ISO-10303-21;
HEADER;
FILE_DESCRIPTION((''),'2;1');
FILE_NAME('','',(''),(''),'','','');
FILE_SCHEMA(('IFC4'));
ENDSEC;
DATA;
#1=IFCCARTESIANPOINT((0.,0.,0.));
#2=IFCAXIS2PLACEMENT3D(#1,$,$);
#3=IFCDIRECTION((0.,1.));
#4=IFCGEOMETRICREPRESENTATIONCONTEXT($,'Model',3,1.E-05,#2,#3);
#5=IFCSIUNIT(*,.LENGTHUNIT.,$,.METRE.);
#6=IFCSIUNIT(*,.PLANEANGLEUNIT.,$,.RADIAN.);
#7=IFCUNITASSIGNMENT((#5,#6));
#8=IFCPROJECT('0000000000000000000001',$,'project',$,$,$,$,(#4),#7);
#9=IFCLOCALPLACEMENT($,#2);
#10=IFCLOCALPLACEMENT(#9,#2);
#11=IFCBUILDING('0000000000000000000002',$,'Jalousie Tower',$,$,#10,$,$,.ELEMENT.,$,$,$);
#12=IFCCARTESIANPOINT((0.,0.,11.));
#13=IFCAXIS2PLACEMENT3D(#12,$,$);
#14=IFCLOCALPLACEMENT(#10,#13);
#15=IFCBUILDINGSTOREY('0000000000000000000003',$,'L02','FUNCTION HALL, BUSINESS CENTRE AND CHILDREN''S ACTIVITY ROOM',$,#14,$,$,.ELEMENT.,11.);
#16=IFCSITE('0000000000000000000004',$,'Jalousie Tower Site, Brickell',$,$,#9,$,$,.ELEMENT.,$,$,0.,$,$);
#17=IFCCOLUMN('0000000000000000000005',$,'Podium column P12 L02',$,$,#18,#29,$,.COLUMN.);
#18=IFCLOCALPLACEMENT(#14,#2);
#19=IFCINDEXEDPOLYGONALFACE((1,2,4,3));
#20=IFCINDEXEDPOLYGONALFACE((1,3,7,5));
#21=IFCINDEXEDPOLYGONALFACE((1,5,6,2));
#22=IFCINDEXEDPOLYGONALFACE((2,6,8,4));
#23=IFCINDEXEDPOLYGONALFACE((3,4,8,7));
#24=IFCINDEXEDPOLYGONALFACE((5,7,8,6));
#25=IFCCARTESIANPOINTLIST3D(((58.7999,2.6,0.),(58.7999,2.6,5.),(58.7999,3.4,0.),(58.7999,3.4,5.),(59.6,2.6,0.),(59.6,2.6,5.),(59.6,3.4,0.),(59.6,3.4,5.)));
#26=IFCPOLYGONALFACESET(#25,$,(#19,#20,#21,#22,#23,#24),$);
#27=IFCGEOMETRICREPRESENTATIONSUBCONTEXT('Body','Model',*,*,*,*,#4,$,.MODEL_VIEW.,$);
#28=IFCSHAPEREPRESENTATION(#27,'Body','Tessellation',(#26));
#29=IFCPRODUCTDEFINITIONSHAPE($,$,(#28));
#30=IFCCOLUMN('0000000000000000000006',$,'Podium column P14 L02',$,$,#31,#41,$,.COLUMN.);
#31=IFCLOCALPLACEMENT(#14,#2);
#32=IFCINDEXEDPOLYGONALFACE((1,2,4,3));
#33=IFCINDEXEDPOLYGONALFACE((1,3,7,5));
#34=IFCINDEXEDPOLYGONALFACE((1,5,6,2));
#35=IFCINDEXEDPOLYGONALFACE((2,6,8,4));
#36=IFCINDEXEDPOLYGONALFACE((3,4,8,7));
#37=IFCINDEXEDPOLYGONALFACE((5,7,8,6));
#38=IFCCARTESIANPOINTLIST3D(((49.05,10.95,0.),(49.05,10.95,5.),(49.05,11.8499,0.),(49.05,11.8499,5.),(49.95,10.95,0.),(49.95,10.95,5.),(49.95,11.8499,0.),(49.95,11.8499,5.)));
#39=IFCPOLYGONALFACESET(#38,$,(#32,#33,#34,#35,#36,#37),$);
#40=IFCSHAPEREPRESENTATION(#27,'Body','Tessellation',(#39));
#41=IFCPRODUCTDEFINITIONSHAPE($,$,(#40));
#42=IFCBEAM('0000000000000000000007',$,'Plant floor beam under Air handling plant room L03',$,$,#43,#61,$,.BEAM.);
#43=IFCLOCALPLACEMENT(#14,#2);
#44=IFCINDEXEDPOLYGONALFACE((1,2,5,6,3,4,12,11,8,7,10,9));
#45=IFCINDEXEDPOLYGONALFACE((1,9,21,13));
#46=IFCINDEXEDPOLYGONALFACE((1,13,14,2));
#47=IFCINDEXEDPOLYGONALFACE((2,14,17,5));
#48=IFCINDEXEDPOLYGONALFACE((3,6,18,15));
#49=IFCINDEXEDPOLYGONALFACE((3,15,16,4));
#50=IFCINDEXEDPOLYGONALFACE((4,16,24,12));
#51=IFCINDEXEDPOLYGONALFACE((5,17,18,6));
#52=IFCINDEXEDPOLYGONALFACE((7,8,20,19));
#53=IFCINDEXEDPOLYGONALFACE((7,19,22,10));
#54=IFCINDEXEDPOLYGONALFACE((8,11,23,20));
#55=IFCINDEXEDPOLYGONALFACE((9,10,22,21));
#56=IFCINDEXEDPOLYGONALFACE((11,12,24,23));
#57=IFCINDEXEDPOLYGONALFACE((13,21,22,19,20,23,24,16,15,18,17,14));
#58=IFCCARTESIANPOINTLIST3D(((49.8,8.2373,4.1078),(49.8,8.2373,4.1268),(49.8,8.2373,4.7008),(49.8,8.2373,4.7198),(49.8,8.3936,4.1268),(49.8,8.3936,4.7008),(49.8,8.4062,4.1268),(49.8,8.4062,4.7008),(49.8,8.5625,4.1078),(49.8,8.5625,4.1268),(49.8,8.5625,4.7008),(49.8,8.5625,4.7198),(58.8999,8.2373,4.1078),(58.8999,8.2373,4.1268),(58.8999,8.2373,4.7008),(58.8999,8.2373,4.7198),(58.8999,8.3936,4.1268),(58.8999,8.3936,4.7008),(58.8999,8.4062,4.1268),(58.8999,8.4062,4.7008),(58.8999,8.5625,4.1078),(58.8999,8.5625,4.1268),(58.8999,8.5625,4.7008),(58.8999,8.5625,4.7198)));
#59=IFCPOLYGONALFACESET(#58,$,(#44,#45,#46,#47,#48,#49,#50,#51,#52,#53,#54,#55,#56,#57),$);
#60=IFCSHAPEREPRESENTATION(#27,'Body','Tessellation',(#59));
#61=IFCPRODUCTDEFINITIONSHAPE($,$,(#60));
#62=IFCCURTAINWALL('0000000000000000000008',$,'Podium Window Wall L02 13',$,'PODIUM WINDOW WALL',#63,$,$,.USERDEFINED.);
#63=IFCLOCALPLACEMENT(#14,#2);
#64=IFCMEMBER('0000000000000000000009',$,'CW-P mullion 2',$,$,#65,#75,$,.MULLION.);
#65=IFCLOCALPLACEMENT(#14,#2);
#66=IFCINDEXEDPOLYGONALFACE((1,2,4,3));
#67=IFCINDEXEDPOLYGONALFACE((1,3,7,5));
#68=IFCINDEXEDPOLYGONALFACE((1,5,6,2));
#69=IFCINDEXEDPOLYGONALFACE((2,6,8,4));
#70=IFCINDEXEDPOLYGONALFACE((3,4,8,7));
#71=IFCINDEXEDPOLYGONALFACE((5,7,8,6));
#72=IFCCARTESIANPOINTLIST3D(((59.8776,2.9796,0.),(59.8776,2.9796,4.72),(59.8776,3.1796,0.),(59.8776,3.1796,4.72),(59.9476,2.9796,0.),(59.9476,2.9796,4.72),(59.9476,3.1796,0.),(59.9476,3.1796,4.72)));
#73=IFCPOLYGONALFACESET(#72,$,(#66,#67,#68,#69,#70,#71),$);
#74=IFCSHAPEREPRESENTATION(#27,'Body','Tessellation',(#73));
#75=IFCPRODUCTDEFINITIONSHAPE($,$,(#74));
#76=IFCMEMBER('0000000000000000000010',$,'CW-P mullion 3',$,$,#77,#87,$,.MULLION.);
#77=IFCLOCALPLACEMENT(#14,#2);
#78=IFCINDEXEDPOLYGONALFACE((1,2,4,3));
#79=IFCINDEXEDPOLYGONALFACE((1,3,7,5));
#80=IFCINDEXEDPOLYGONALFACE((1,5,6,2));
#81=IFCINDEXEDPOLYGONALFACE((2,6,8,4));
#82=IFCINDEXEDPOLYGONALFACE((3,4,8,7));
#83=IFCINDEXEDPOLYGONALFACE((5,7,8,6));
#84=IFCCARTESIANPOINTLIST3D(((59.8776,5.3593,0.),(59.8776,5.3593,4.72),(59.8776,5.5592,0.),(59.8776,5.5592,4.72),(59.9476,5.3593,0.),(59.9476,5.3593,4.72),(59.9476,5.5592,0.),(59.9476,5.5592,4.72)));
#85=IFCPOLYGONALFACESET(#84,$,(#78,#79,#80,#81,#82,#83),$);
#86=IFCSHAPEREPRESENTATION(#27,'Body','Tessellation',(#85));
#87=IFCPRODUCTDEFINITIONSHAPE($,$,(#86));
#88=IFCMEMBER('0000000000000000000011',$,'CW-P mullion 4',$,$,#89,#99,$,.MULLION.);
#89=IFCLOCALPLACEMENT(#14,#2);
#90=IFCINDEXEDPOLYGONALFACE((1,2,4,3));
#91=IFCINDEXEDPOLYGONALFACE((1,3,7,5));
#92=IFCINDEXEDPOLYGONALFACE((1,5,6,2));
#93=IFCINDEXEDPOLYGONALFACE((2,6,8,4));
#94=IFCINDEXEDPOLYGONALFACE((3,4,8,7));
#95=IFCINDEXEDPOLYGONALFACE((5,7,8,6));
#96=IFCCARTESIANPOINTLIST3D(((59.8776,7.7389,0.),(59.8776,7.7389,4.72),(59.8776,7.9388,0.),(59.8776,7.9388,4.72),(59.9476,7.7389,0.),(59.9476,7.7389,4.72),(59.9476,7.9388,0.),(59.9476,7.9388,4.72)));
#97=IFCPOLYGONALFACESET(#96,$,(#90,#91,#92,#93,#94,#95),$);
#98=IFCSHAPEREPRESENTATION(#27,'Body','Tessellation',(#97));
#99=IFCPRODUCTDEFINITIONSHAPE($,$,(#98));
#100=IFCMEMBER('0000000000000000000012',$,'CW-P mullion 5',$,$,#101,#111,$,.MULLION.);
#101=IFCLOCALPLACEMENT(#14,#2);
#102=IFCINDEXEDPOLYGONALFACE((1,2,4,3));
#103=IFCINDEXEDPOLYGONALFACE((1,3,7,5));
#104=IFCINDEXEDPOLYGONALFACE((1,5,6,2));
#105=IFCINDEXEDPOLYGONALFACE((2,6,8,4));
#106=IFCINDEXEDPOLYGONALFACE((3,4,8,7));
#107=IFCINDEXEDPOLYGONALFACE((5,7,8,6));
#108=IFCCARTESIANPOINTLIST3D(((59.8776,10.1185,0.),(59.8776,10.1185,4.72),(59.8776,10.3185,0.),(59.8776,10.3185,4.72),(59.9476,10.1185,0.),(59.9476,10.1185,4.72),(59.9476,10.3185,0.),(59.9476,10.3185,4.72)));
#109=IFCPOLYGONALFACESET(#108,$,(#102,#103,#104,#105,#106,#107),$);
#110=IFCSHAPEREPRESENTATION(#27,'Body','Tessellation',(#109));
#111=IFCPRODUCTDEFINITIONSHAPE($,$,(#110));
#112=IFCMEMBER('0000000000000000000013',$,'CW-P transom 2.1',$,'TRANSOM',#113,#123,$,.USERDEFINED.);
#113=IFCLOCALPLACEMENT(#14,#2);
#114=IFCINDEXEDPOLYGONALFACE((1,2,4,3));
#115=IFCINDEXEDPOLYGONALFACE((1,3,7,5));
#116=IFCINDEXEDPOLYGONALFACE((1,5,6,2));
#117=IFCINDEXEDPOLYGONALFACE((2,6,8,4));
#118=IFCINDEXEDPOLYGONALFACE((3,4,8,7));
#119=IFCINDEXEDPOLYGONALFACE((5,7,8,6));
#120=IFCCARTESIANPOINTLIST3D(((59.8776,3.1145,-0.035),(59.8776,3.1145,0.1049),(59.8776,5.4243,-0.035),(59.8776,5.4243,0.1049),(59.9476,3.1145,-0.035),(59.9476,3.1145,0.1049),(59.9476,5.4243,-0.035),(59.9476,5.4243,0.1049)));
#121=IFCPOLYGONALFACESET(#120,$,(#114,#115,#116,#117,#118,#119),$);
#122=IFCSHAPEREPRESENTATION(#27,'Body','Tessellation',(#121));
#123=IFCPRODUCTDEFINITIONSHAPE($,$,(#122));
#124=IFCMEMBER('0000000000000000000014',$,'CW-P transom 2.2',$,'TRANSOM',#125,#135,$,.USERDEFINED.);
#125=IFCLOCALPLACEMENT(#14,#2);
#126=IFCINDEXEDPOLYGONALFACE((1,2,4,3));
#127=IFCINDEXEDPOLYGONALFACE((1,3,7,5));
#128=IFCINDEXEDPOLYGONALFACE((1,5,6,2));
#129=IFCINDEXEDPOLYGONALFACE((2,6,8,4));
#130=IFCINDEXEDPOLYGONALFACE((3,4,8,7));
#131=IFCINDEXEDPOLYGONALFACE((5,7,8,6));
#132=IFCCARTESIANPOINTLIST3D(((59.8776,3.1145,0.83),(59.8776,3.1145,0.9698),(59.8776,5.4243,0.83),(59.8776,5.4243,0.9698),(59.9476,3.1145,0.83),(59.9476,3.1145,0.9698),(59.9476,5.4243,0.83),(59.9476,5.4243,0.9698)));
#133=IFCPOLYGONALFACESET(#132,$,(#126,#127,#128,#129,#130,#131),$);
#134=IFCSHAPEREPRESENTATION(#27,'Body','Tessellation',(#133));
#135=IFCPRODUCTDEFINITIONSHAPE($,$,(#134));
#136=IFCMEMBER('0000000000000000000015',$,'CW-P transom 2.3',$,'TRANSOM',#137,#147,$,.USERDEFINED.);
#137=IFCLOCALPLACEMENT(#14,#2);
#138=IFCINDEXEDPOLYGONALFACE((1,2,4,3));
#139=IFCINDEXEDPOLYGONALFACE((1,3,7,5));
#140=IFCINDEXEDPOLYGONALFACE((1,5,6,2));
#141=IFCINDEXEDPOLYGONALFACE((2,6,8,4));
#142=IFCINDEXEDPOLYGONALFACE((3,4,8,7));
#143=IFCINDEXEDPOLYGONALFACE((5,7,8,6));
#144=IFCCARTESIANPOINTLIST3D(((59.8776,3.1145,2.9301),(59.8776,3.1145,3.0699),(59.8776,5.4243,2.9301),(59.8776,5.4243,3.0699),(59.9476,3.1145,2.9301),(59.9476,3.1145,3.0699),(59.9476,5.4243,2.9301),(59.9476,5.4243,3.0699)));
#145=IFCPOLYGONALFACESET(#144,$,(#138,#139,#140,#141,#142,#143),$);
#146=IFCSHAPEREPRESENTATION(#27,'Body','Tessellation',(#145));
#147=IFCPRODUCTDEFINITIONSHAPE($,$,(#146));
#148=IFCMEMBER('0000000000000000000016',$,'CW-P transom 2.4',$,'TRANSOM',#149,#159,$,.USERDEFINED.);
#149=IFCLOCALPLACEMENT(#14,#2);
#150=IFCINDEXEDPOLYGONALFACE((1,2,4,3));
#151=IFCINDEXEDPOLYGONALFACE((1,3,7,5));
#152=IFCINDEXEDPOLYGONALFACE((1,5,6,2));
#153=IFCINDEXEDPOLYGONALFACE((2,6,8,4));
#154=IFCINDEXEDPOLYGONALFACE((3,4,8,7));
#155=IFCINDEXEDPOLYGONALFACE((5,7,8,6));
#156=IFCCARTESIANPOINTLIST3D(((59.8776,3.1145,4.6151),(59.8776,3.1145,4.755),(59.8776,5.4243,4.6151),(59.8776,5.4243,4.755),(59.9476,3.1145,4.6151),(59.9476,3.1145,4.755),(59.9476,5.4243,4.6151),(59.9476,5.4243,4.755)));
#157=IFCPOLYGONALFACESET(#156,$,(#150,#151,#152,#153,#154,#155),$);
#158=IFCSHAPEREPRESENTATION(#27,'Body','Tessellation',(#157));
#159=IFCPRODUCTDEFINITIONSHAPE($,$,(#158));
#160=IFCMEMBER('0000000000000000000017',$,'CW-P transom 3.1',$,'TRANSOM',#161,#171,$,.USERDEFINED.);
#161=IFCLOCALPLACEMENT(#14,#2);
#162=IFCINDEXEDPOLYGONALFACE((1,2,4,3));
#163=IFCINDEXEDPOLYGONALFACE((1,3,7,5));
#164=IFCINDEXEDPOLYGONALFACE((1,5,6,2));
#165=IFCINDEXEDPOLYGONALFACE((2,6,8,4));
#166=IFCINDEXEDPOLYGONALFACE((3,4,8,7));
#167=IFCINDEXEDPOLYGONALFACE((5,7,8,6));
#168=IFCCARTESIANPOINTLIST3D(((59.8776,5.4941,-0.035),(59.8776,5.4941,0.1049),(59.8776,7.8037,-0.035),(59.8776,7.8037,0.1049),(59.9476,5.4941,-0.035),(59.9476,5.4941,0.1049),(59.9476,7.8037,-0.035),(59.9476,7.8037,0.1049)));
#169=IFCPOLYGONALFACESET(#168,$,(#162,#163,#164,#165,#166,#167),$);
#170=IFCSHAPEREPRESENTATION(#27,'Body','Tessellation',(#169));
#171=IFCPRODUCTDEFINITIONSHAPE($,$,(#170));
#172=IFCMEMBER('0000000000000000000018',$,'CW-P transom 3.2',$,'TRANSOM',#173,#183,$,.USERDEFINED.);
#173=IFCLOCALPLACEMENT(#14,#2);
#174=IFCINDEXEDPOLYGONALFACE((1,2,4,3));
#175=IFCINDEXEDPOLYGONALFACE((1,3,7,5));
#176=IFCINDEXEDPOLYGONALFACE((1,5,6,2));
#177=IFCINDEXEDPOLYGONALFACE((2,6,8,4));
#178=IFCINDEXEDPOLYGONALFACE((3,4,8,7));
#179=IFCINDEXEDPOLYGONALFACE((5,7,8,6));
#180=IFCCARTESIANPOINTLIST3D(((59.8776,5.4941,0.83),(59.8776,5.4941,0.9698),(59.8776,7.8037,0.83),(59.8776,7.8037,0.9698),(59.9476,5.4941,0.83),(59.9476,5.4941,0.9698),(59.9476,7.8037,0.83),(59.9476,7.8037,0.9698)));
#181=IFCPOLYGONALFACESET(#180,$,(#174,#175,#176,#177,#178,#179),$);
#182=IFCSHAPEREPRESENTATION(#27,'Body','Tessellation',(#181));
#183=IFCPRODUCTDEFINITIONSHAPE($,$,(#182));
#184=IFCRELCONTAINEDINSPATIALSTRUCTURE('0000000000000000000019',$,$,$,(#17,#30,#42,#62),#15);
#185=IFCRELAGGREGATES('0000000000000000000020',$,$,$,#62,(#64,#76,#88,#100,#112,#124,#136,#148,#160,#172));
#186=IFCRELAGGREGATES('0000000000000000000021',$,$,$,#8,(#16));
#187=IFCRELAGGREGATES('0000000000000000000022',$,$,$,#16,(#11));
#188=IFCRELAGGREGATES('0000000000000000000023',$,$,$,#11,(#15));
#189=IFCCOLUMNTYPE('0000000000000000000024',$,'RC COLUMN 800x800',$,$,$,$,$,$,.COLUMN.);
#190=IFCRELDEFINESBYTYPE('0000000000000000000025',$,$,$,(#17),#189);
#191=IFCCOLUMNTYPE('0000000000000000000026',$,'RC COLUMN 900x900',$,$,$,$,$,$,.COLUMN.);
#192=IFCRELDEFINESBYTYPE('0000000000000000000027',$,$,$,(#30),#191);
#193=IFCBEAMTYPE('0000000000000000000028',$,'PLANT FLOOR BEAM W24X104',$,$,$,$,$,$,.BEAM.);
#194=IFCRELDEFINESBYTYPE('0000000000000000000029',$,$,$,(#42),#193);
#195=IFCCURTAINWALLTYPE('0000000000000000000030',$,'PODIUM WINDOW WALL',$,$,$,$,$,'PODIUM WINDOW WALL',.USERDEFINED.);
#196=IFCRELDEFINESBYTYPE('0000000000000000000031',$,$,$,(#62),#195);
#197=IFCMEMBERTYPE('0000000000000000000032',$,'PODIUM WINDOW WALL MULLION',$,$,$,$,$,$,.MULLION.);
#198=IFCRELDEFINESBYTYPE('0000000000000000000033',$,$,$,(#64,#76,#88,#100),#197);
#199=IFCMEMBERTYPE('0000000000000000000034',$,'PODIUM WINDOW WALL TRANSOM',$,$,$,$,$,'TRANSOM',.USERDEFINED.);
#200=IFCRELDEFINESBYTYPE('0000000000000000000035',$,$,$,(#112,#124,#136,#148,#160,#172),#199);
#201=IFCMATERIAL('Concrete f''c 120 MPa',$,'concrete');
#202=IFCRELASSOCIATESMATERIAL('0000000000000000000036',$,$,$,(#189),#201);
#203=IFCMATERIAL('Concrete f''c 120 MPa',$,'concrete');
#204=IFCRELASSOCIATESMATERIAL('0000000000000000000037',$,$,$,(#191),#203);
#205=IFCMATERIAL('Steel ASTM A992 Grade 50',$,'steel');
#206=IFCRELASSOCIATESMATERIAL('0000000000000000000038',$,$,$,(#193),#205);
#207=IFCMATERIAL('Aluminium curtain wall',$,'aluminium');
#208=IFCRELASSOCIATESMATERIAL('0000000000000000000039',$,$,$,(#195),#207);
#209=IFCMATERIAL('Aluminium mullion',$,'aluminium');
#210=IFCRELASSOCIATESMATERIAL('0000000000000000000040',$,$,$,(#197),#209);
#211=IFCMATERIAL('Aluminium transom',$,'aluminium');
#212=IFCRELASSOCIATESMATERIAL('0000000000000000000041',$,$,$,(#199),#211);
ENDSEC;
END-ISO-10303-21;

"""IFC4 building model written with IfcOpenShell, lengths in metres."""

from ifc_helpers import new_model, si_unit, direction, frame, origin, origin_2d, place, context, subcontext, project, spatial, rectangle, i_section, extrude, material, material_profile, profile_set, type_object, element, aggregate, save


model = new_model("IFC4")

# Units and contexts
model_context = context("Model", 3, precision=1e-05, world=origin(), true_north=direction((0.0, 1.0)))
body_context = subcontext(model_context, "Body", "Model", "MODEL_VIEW")
ifc_project = project(units=[si_unit("LENGTHUNIT", "METRE"), si_unit("PLANEANGLEUNIT", "RADIAN")], contexts=[model_context])

# Site, building, storey
site_placement = place(None, origin())
site = spatial("IfcSite", under=ifc_project, at=site_placement, Name="Jalousie Tower Site, Brickell", CompositionType="ELEMENT", RefElevation=0.0)
building_placement = place(site_placement, origin())
building = spatial("IfcBuilding", under=site, at=building_placement, Name="Jalousie Tower", CompositionType="ELEMENT")
storey_placement = place(building_placement, frame((0.0, 0.0, 11.0)))
storey = spatial("IfcBuildingStorey", under=building, at=storey_placement, Name="L02", Description="FUNCTION HALL, BUSINESS CENTRE AND CHILDREN'S ACTIVITY ROOM", CompositionType="ELEMENT", Elevation=11.0)

# Columns
ifc_material_1 = material(Name="Concrete f'c 120 MPa", Category="concrete")
ifc_material_profile_1 = material_profile(ifc_material_1, rectangle(XDim=0.8, YDim=0.8, at=origin_2d()), Name="RC 800x800")
ifc_profile_set_1 = profile_set([ifc_material_profile_1], Name="Concrete f'c 120 MPa")
column_type_1 = type_object("IfcColumnType", Name="RC COLUMN 800x800", PredefinedType="COLUMN", material=ifc_profile_set_1)
column_1_placement = place(storey_placement, frame((59.2, 3.0, 0.0), z_axis=(0.0, 0.0, 1.0), x_axis=(1.0, 0.0, 0.0)))
element("IfcColumn", 1, at=column_1_placement, inside=storey, type_object=column_type_1, Name="Podium column P12 L02", PredefinedType="COLUMN", context=body_context, shape_type="SweptSolid", body=[
    extrude(rectangle(XDim=0.8, YDim=0.8, at=origin_2d()), origin(), (0.0, 0.0, 1.0), 5.0),
])
ifc_material_2 = material(Name="Concrete f'c 120 MPa", Category="concrete")
ifc_material_profile_2 = material_profile(ifc_material_2, rectangle(XDim=0.8999, YDim=0.8999, at=origin_2d()), Name="RC 900x900")
ifc_profile_set_2 = profile_set([ifc_material_profile_2], Name="Concrete f'c 120 MPa")
column_type_2 = type_object("IfcColumnType", Name="RC COLUMN 900x900", PredefinedType="COLUMN", material=ifc_profile_set_2)
column_2_placement = place(storey_placement, frame((49.5, 11.3999, 0.0), z_axis=(0.0, 0.0, 1.0), x_axis=(1.0, 0.0, 0.0)))
element("IfcColumn", 2, at=column_2_placement, inside=storey, type_object=column_type_2, Name="Podium column P14 L02", PredefinedType="COLUMN", context=body_context, shape_type="SweptSolid", body=[
    extrude(rectangle(XDim=0.8999, YDim=0.8999, at=origin_2d()), origin(), (0.0, 0.0, 1.0), 5.0),
])

# Beam
ifc_material_3 = material(Name="Steel ASTM A992 Grade 50", Category="steel")
ifc_material_profile_3 = material_profile(ifc_material_3, i_section(OverallWidth=0.3252, OverallDepth=0.6121, WebThickness=0.0127, FlangeThickness=0.019, at=origin_2d()), Name="W24X104")
ifc_profile_set_3 = profile_set([ifc_material_profile_3], Name="Steel ASTM A992 Grade 50")
beam_type_1 = type_object("IfcBeamType", Name="PLANT FLOOR BEAM W24X104", PredefinedType="BEAM", material=ifc_profile_set_3)
beam_1_placement = place(storey_placement, frame((49.8, 8.3999, 4.4138), z_axis=(1.0, 0.0, 0.0), x_axis=(0.0, 1.0, 0.0)))
element("IfcBeam", 3, at=beam_1_placement, inside=storey, type_object=beam_type_1, Name="Plant floor beam under Air handling plant room L03", PredefinedType="BEAM", context=body_context, shape_type="SweptSolid", body=[
    extrude(i_section(OverallWidth=0.3252, OverallDepth=0.6121, WebThickness=0.0127, FlangeThickness=0.019, at=origin_2d()), origin(), (0.0, 0.0, 1.0), 9.0999),
])

# Curtain wall, members
ifc_material_4 = material(Name="Aluminium curtain wall", Category="aluminium")
curtain_wall_type = type_object("IfcCurtainWallType", Name="PODIUM WINDOW WALL", ElementType="PODIUM WINDOW WALL", PredefinedType="USERDEFINED", material=ifc_material_4)
curtain_wall_placement = place(storey_placement, origin())
curtain_wall = element("IfcCurtainWall", 4, at=curtain_wall_placement, inside=storey, type_object=curtain_wall_type, Name="Podium Window Wall L02 13", ObjectType="PODIUM WINDOW WALL", PredefinedType="USERDEFINED")
ifc_material_5 = material(Name="Aluminium mullion", Category="aluminium")
ifc_material_profile_4 = material_profile(ifc_material_5, rectangle(XDim=0.0701, YDim=0.2, at=origin_2d()), Name="MULLION 70x200")
ifc_profile_set_4 = profile_set([ifc_material_profile_4], Name="Aluminium mullion")
member_type_1 = type_object("IfcMemberType", Name="PODIUM WINDOW WALL MULLION", PredefinedType="MULLION", material=ifc_profile_set_4)
member_1_placement = place(storey_placement, frame((59.9126, 3.0796, 0.0), z_axis=(0.0, 0.0, 1.0), x_axis=(-1.0, 0.0, 0.0)))
member_1 = element("IfcMember", 5, at=member_1_placement, type_object=member_type_1, Name="CW-P mullion 2", PredefinedType="MULLION", context=body_context, shape_type="SweptSolid", body=[
    extrude(rectangle(XDim=0.0701, YDim=0.2, at=origin_2d()), origin(), (0.0, 0.0, 1.0), 4.72),
])
member_2_placement = place(storey_placement, frame((59.9126, 5.4592, 0.0), z_axis=(0.0, 0.0, 1.0), x_axis=(-1.0, 0.0, 0.0)))
member_2 = element("IfcMember", 6, at=member_2_placement, type_object=member_type_1, Name="CW-P mullion 3", PredefinedType="MULLION", context=body_context, shape_type="SweptSolid", body=[
    extrude(rectangle(XDim=0.0701, YDim=0.2, at=origin_2d()), origin(), (0.0, 0.0, 1.0), 4.72),
])
member_3_placement = place(storey_placement, frame((59.9126, 7.8389, 0.0), z_axis=(0.0, 0.0, 1.0), x_axis=(-1.0, 0.0, 0.0)))
member_3 = element("IfcMember", 7, at=member_3_placement, type_object=member_type_1, Name="CW-P mullion 4", PredefinedType="MULLION", context=body_context, shape_type="SweptSolid", body=[
    extrude(rectangle(XDim=0.0701, YDim=0.2, at=origin_2d()), origin(), (0.0, 0.0, 1.0), 4.72),
])
member_4_placement = place(storey_placement, frame((59.9126, 10.2185, 0.0), z_axis=(0.0, 0.0, 1.0), x_axis=(-1.0, 0.0, 0.0)))
member_4 = element("IfcMember", 8, at=member_4_placement, type_object=member_type_1, Name="CW-P mullion 5", PredefinedType="MULLION", context=body_context, shape_type="SweptSolid", body=[
    extrude(rectangle(XDim=0.0701, YDim=0.2, at=origin_2d()), origin(), (0.0, 0.0, 1.0), 4.72),
])
ifc_material_6 = material(Name="Aluminium transom", Category="aluminium")
ifc_material_profile_5 = material_profile(ifc_material_6, rectangle(XDim=0.0701, YDim=0.1399, at=origin_2d()), Name="TRANSOM 70x140")
ifc_profile_set_5 = profile_set([ifc_material_profile_5], Name="Aluminium transom")
member_type_2 = type_object("IfcMemberType", Name="PODIUM WINDOW WALL TRANSOM", ElementType="TRANSOM", PredefinedType="USERDEFINED", material=ifc_profile_set_5)
member_5_placement = place(storey_placement, frame((59.9126, 3.1145, 0.0349), z_axis=(0.0, 1.0, 0.0), x_axis=(-1.0, 0.0, 0.0)))
member_5 = element("IfcMember", 9, at=member_5_placement, type_object=member_type_2, Name="CW-P transom 2.1", ObjectType="TRANSOM", PredefinedType="USERDEFINED", context=body_context, shape_type="SweptSolid", body=[
    extrude(rectangle(XDim=0.0701, YDim=0.1399, at=origin_2d()), origin(), (0.0, 0.0, 1.0), 2.3098),
])
member_6_placement = place(storey_placement, frame((59.9126, 3.1145, 0.8999), z_axis=(0.0, 1.0, 0.0), x_axis=(-1.0, 0.0, 0.0)))
member_6 = element("IfcMember", 10, at=member_6_placement, type_object=member_type_2, Name="CW-P transom 2.2", ObjectType="TRANSOM", PredefinedType="USERDEFINED", context=body_context, shape_type="SweptSolid", body=[
    extrude(rectangle(XDim=0.0701, YDim=0.1399, at=origin_2d()), origin(), (0.0, 0.0, 1.0), 2.3098),
])
member_7_placement = place(storey_placement, frame((59.9126, 3.1145, 3.0), z_axis=(0.0, 1.0, 0.0), x_axis=(-1.0, 0.0, 0.0)))
member_7 = element("IfcMember", 11, at=member_7_placement, type_object=member_type_2, Name="CW-P transom 2.3", ObjectType="TRANSOM", PredefinedType="USERDEFINED", context=body_context, shape_type="SweptSolid", body=[
    extrude(rectangle(XDim=0.0701, YDim=0.1399, at=origin_2d()), origin(), (0.0, 0.0, 1.0), 2.3098),
])
member_8_placement = place(storey_placement, frame((59.9126, 3.1145, 4.6851), z_axis=(0.0, 1.0, 0.0), x_axis=(-1.0, 0.0, 0.0)))
member_8 = element("IfcMember", 12, at=member_8_placement, type_object=member_type_2, Name="CW-P transom 2.4", ObjectType="TRANSOM", PredefinedType="USERDEFINED", context=body_context, shape_type="SweptSolid", body=[
    extrude(rectangle(XDim=0.0701, YDim=0.1399, at=origin_2d()), origin(), (0.0, 0.0, 1.0), 2.3098),
])
member_9_placement = place(storey_placement, frame((59.9126, 5.4941, 0.0349), z_axis=(0.0, 1.0, 0.0), x_axis=(-1.0, 0.0, 0.0)))
member_9 = element("IfcMember", 13, at=member_9_placement, type_object=member_type_2, Name="CW-P transom 3.1", ObjectType="TRANSOM", PredefinedType="USERDEFINED", context=body_context, shape_type="SweptSolid", body=[
    extrude(rectangle(XDim=0.0701, YDim=0.1399, at=origin_2d()), origin(), (0.0, 0.0, 1.0), 2.3096),
])
member_10_placement = place(storey_placement, frame((59.9126, 5.4941, 0.8999), z_axis=(0.0, 1.0, 0.0), x_axis=(-1.0, 0.0, 0.0)))
member_10 = element("IfcMember", 14, at=member_10_placement, type_object=member_type_2, Name="CW-P transom 3.2", ObjectType="TRANSOM", PredefinedType="USERDEFINED", context=body_context, shape_type="SweptSolid", body=[
    extrude(rectangle(XDim=0.0701, YDim=0.1399, at=origin_2d()), origin(), (0.0, 0.0, 1.0), 2.3096),
])

aggregate(curtain_wall, [member_1, member_2, member_3, member_4, member_5, member_6, member_7, member_8, member_9, member_10])

save(model, "model.ifc")
